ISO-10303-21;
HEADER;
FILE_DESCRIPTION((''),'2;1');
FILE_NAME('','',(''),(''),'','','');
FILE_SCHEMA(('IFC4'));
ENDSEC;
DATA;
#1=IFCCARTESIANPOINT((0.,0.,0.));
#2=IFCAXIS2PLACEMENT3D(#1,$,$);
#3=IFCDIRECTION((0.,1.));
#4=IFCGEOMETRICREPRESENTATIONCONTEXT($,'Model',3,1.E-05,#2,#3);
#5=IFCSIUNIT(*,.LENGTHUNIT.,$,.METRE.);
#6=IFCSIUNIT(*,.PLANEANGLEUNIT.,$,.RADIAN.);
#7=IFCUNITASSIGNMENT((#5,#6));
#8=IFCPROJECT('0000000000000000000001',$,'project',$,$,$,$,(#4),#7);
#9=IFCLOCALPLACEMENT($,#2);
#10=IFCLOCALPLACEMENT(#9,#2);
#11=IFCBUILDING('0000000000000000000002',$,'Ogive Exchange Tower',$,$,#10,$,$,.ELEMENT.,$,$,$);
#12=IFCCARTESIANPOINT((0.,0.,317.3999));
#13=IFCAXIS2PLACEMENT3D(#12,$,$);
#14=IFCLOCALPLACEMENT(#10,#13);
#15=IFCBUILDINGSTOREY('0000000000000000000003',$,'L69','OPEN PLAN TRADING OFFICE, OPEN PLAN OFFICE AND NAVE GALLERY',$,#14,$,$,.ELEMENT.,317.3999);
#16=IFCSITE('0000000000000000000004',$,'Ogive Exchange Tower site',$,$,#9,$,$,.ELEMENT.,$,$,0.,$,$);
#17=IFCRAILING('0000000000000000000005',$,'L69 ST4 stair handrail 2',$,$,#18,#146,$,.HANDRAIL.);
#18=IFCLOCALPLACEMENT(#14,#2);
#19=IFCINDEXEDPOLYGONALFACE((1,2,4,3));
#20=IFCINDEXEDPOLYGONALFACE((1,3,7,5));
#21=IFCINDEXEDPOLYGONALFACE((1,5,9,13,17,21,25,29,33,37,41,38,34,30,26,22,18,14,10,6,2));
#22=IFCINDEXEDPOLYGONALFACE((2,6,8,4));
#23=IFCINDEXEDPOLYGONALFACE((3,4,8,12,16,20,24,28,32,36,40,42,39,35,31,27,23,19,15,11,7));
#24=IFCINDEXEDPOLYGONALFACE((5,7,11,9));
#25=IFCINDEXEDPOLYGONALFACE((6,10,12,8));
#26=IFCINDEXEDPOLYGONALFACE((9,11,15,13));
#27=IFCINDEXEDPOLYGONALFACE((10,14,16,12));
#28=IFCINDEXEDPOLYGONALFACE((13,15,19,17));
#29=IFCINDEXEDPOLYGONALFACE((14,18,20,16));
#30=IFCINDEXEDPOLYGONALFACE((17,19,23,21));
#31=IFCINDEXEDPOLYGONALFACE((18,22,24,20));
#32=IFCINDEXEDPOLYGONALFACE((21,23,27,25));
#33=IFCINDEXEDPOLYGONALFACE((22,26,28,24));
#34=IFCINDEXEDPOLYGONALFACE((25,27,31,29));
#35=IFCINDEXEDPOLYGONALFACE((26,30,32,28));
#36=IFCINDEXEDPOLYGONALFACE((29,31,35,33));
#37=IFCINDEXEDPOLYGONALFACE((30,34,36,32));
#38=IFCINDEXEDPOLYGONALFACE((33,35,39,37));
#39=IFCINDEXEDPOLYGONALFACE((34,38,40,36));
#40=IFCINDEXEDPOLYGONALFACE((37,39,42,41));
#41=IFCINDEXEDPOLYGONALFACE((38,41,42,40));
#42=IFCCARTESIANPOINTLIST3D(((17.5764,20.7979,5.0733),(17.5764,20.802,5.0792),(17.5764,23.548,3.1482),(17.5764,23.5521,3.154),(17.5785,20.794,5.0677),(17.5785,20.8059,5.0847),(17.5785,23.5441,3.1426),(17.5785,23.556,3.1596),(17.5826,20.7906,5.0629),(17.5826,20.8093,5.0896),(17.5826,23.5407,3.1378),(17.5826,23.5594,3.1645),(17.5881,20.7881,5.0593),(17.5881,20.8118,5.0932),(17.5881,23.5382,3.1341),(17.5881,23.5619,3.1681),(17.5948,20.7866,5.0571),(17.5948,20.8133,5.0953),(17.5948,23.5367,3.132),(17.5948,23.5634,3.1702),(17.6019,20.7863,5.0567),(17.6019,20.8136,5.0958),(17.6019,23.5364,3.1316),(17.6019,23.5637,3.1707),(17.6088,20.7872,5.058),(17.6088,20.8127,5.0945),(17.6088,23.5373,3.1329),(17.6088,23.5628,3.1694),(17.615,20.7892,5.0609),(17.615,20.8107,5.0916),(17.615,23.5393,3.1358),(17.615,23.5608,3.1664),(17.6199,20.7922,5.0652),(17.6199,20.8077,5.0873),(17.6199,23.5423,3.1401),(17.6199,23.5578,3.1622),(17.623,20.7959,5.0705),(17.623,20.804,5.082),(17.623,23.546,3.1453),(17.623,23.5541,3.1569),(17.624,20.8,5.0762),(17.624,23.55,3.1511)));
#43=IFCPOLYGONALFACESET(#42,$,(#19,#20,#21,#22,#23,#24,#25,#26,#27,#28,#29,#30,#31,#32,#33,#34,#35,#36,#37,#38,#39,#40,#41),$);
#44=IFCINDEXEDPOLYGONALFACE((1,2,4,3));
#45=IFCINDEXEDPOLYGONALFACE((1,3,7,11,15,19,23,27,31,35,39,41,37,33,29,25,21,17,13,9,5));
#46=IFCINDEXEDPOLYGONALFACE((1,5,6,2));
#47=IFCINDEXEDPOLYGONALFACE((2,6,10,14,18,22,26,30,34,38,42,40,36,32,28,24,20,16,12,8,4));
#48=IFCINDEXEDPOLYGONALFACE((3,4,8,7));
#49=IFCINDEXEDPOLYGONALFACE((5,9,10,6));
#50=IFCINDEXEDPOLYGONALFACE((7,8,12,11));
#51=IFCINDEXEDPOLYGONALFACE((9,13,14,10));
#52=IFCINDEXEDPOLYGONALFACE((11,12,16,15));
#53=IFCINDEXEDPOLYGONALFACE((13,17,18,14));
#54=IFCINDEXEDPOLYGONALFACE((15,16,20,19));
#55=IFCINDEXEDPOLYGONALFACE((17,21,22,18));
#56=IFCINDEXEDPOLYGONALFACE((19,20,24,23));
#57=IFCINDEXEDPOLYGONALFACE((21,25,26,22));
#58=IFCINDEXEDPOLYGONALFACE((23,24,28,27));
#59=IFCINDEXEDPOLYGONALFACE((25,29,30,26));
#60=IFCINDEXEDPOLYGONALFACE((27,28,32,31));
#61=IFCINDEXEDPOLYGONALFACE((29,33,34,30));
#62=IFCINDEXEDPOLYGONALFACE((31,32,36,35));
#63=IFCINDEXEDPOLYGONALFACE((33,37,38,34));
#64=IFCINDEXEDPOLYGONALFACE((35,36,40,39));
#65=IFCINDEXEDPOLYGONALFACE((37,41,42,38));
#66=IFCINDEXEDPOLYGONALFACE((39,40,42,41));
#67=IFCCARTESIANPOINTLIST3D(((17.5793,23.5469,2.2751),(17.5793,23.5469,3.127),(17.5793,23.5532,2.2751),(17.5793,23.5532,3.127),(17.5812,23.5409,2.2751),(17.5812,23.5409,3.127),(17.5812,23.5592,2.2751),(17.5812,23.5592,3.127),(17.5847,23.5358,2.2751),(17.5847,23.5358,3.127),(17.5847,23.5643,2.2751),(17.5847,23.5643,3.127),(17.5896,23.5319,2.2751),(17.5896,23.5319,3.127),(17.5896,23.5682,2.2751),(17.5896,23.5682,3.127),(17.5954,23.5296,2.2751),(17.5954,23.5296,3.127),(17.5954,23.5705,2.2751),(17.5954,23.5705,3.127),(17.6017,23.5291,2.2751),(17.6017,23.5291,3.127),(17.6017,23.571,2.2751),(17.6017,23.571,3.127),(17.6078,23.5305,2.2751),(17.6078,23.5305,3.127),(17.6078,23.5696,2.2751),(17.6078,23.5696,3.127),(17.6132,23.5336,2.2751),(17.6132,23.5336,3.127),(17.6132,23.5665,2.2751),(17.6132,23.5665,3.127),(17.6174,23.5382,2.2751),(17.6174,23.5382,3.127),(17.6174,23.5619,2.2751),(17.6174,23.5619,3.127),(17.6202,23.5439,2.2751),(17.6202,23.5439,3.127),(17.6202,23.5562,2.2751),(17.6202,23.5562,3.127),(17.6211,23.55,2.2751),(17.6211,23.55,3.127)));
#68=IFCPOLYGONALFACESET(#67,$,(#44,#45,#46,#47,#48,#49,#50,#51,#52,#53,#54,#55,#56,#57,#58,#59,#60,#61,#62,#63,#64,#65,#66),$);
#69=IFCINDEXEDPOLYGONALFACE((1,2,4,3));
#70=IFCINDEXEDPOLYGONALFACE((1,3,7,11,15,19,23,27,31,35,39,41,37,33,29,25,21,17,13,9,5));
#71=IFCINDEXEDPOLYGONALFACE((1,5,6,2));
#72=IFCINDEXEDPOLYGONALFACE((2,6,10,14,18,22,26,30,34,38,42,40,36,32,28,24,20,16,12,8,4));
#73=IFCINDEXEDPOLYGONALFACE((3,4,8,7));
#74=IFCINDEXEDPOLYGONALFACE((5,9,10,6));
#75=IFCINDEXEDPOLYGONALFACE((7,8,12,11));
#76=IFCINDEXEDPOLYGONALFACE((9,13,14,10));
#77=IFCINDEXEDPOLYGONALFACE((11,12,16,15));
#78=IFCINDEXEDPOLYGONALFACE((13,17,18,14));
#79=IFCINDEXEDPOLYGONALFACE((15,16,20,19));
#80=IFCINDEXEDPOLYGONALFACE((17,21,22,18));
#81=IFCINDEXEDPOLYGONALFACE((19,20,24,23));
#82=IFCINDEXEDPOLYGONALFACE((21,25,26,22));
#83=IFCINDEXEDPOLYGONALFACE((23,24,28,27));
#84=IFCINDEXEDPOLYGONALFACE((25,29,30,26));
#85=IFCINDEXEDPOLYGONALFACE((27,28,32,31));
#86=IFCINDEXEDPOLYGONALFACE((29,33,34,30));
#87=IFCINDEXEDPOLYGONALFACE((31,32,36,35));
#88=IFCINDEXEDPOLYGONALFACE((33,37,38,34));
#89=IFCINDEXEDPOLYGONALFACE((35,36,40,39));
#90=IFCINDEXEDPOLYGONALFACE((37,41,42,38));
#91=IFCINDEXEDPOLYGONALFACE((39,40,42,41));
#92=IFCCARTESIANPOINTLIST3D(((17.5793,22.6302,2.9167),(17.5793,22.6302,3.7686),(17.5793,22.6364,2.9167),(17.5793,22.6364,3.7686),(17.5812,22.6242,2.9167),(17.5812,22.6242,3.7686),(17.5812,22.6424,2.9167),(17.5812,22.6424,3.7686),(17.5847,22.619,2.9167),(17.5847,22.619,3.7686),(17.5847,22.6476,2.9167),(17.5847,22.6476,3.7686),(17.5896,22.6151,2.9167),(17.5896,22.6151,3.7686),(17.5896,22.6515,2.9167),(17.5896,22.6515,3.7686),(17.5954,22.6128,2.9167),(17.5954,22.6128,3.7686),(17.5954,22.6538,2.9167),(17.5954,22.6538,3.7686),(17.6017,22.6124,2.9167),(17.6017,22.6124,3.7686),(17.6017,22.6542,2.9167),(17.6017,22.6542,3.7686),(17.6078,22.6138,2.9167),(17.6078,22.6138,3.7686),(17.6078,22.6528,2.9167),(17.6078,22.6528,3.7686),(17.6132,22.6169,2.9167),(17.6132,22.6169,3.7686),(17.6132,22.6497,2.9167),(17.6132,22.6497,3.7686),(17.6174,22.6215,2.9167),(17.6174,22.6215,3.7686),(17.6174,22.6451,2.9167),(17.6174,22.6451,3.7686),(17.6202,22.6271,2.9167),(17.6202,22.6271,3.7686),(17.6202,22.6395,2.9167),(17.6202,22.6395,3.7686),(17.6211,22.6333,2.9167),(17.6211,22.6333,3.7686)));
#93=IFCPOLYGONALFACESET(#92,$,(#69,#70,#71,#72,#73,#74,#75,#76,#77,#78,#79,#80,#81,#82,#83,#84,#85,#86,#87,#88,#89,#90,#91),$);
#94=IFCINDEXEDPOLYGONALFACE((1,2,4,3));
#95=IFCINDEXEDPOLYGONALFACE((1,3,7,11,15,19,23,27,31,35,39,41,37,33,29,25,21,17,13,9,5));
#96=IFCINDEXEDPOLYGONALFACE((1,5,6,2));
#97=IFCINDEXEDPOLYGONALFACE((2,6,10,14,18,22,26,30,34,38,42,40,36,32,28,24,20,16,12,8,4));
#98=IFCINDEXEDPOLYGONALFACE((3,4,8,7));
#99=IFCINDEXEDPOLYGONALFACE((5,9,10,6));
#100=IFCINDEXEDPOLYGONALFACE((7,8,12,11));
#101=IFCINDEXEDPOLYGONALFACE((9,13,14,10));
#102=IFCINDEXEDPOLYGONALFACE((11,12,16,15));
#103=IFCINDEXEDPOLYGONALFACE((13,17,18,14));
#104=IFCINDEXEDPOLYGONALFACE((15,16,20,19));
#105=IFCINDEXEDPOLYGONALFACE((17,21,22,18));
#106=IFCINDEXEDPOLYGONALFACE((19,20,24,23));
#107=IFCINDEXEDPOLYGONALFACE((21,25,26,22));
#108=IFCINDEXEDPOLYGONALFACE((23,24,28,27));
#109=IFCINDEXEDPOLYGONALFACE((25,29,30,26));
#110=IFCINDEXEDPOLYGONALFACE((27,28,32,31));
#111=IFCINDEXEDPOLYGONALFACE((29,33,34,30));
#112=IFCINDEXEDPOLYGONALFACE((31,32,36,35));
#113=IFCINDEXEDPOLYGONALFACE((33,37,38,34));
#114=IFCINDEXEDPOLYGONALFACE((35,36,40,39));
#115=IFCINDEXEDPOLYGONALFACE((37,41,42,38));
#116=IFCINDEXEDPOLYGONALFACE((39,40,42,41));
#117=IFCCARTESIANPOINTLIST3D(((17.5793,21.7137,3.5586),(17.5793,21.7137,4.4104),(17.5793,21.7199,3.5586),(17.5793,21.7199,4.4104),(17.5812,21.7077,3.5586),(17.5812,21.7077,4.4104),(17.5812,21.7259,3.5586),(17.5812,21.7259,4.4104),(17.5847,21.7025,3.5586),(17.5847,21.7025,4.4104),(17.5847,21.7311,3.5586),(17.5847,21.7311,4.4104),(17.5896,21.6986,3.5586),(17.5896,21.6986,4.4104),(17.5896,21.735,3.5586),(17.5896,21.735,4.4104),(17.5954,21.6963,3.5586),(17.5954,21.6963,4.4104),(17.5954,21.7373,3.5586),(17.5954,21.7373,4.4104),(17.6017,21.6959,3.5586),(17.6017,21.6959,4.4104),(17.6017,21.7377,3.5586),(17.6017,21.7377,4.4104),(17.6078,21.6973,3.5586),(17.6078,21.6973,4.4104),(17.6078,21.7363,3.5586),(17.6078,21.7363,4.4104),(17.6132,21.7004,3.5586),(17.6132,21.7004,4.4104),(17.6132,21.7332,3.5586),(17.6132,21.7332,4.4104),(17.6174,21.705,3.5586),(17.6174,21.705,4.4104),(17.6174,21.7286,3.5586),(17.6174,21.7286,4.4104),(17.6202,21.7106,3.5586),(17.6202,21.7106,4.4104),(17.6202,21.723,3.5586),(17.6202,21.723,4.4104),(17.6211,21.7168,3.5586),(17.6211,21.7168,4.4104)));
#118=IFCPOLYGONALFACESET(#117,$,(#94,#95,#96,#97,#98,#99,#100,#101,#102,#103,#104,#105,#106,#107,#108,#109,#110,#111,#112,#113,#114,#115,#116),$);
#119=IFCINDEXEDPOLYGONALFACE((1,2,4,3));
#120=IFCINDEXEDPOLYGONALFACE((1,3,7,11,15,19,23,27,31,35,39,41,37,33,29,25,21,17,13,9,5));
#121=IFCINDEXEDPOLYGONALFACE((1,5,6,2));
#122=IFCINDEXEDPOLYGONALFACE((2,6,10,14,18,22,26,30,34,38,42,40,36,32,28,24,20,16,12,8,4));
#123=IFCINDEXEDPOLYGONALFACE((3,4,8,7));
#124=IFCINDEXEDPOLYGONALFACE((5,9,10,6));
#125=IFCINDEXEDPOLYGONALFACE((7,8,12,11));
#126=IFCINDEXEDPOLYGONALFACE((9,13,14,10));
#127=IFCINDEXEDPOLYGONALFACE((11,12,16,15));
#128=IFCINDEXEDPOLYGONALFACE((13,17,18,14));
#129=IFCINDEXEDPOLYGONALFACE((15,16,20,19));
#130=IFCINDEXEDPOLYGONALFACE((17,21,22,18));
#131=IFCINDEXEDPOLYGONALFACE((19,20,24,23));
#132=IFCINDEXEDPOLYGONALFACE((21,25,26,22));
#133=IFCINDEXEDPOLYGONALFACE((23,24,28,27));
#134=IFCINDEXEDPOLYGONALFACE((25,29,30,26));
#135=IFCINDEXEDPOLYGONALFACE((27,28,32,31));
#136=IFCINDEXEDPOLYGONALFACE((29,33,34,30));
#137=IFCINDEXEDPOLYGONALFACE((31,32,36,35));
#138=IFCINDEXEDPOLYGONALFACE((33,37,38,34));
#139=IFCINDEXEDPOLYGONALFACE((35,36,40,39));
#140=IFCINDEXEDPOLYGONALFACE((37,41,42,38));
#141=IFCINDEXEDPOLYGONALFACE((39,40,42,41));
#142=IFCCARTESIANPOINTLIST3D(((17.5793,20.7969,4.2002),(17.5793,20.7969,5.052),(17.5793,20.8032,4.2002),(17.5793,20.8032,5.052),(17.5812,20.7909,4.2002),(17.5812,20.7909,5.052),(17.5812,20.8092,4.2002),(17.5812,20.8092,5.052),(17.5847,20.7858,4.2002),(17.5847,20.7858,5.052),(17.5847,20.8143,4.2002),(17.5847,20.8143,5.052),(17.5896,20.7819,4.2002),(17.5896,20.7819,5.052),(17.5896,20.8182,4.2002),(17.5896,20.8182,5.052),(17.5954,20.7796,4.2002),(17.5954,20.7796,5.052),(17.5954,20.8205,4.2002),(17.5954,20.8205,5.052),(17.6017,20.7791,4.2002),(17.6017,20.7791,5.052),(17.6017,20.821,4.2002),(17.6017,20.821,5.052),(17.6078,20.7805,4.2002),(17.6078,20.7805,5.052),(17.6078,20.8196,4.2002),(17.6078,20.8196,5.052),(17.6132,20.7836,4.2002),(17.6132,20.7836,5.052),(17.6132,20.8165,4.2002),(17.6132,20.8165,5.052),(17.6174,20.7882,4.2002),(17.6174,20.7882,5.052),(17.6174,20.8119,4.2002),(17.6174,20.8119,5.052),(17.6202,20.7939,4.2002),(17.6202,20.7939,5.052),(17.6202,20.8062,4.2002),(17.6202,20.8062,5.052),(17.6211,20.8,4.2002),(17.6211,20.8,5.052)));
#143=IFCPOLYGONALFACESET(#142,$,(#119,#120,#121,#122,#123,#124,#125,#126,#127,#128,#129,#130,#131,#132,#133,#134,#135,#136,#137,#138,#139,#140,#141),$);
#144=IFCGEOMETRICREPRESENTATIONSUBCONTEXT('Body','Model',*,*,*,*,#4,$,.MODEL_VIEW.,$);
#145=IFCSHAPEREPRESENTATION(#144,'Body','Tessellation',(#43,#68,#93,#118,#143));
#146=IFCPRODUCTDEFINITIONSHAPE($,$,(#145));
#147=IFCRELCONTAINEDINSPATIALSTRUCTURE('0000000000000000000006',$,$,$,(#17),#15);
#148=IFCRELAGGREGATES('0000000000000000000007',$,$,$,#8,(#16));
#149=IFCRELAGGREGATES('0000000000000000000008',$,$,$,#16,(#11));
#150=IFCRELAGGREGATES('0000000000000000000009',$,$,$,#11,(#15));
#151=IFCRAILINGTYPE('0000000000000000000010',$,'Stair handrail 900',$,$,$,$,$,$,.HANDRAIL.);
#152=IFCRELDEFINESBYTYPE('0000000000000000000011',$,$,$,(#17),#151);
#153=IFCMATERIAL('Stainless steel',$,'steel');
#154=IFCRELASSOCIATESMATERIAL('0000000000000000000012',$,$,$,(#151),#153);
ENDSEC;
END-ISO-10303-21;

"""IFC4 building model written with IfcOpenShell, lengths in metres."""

from ifc_helpers import new_model, si_unit, direction, frame, origin, origin_2d, place, context, subcontext, project, spatial, circle, extrude, material, type_object, element, save


model = new_model("IFC4")

# Units and contexts
model_context = context("Model", 3, precision=1e-05, world=origin(), true_north=direction((0.0, 1.0)))
body_context = subcontext(model_context, "Body", "Model", "MODEL_VIEW")
ifc_project = project(units=[si_unit("LENGTHUNIT", "METRE"), si_unit("PLANEANGLEUNIT", "RADIAN")], contexts=[model_context])

# Site, building, storey
site_placement = place(None, origin())
site = spatial("IfcSite", under=ifc_project, at=site_placement, Name="Ogive Exchange Tower site", CompositionType="ELEMENT", RefElevation=0.0)
building_placement = place(site_placement, origin())
building = spatial("IfcBuilding", under=site, at=building_placement, Name="Ogive Exchange Tower", CompositionType="ELEMENT")
storey_placement = place(building_placement, frame((0.0, 0.0, 317.3999)))
storey = spatial("IfcBuildingStorey", under=building, at=storey_placement, Name="L69", Description="OPEN PLAN TRADING OFFICE, OPEN PLAN OFFICE AND NAVE GALLERY", CompositionType="ELEMENT", Elevation=317.3999)

# Railing
ifc_material_1 = material(Name="Stainless steel", Category="steel")
railing_type = type_object("IfcRailingType", Name="Stair handrail 900", PredefinedType="HANDRAIL", material=ifc_material_1)
railing_1_placement = place(storey_placement, frame((17.6001, 23.55, 2.2751)))
element("IfcRailing", 1, at=railing_1_placement, inside=storey, type_object=railing_type, Name="L69 ST4 stair handrail 2", PredefinedType="HANDRAIL", context=body_context, shape_type="SweptSolid", body=[
    extrude(circle(Radius=0.0239, at=origin_2d()), frame((0.0, 0.0, 0.876), z_axis=(0.0, -0.819225, 0.573472), x_axis=(1.0, 0.0, 0.0)), (0.0, 0.0, 1.0), 3.3569),
    extrude(circle(Radius=0.021, at=origin_2d()), origin(), (0.0, 0.0, 1.0), 0.8518),
    extrude(circle(Radius=0.021, at=origin_2d()), frame((0.0, -0.9167, 0.6416)), (0.0, 0.0, 1.0), 0.8518),
    extrude(circle(Radius=0.021, at=origin_2d()), frame((0.0, -1.8333, 1.2834)), (0.0, 0.0, 1.0), 0.8518),
    extrude(circle(Radius=0.021, at=origin_2d()), frame((0.0, -2.75, 1.925)), (0.0, 0.0, 1.0), 0.8518),
])

save(model, "model.ifc")
